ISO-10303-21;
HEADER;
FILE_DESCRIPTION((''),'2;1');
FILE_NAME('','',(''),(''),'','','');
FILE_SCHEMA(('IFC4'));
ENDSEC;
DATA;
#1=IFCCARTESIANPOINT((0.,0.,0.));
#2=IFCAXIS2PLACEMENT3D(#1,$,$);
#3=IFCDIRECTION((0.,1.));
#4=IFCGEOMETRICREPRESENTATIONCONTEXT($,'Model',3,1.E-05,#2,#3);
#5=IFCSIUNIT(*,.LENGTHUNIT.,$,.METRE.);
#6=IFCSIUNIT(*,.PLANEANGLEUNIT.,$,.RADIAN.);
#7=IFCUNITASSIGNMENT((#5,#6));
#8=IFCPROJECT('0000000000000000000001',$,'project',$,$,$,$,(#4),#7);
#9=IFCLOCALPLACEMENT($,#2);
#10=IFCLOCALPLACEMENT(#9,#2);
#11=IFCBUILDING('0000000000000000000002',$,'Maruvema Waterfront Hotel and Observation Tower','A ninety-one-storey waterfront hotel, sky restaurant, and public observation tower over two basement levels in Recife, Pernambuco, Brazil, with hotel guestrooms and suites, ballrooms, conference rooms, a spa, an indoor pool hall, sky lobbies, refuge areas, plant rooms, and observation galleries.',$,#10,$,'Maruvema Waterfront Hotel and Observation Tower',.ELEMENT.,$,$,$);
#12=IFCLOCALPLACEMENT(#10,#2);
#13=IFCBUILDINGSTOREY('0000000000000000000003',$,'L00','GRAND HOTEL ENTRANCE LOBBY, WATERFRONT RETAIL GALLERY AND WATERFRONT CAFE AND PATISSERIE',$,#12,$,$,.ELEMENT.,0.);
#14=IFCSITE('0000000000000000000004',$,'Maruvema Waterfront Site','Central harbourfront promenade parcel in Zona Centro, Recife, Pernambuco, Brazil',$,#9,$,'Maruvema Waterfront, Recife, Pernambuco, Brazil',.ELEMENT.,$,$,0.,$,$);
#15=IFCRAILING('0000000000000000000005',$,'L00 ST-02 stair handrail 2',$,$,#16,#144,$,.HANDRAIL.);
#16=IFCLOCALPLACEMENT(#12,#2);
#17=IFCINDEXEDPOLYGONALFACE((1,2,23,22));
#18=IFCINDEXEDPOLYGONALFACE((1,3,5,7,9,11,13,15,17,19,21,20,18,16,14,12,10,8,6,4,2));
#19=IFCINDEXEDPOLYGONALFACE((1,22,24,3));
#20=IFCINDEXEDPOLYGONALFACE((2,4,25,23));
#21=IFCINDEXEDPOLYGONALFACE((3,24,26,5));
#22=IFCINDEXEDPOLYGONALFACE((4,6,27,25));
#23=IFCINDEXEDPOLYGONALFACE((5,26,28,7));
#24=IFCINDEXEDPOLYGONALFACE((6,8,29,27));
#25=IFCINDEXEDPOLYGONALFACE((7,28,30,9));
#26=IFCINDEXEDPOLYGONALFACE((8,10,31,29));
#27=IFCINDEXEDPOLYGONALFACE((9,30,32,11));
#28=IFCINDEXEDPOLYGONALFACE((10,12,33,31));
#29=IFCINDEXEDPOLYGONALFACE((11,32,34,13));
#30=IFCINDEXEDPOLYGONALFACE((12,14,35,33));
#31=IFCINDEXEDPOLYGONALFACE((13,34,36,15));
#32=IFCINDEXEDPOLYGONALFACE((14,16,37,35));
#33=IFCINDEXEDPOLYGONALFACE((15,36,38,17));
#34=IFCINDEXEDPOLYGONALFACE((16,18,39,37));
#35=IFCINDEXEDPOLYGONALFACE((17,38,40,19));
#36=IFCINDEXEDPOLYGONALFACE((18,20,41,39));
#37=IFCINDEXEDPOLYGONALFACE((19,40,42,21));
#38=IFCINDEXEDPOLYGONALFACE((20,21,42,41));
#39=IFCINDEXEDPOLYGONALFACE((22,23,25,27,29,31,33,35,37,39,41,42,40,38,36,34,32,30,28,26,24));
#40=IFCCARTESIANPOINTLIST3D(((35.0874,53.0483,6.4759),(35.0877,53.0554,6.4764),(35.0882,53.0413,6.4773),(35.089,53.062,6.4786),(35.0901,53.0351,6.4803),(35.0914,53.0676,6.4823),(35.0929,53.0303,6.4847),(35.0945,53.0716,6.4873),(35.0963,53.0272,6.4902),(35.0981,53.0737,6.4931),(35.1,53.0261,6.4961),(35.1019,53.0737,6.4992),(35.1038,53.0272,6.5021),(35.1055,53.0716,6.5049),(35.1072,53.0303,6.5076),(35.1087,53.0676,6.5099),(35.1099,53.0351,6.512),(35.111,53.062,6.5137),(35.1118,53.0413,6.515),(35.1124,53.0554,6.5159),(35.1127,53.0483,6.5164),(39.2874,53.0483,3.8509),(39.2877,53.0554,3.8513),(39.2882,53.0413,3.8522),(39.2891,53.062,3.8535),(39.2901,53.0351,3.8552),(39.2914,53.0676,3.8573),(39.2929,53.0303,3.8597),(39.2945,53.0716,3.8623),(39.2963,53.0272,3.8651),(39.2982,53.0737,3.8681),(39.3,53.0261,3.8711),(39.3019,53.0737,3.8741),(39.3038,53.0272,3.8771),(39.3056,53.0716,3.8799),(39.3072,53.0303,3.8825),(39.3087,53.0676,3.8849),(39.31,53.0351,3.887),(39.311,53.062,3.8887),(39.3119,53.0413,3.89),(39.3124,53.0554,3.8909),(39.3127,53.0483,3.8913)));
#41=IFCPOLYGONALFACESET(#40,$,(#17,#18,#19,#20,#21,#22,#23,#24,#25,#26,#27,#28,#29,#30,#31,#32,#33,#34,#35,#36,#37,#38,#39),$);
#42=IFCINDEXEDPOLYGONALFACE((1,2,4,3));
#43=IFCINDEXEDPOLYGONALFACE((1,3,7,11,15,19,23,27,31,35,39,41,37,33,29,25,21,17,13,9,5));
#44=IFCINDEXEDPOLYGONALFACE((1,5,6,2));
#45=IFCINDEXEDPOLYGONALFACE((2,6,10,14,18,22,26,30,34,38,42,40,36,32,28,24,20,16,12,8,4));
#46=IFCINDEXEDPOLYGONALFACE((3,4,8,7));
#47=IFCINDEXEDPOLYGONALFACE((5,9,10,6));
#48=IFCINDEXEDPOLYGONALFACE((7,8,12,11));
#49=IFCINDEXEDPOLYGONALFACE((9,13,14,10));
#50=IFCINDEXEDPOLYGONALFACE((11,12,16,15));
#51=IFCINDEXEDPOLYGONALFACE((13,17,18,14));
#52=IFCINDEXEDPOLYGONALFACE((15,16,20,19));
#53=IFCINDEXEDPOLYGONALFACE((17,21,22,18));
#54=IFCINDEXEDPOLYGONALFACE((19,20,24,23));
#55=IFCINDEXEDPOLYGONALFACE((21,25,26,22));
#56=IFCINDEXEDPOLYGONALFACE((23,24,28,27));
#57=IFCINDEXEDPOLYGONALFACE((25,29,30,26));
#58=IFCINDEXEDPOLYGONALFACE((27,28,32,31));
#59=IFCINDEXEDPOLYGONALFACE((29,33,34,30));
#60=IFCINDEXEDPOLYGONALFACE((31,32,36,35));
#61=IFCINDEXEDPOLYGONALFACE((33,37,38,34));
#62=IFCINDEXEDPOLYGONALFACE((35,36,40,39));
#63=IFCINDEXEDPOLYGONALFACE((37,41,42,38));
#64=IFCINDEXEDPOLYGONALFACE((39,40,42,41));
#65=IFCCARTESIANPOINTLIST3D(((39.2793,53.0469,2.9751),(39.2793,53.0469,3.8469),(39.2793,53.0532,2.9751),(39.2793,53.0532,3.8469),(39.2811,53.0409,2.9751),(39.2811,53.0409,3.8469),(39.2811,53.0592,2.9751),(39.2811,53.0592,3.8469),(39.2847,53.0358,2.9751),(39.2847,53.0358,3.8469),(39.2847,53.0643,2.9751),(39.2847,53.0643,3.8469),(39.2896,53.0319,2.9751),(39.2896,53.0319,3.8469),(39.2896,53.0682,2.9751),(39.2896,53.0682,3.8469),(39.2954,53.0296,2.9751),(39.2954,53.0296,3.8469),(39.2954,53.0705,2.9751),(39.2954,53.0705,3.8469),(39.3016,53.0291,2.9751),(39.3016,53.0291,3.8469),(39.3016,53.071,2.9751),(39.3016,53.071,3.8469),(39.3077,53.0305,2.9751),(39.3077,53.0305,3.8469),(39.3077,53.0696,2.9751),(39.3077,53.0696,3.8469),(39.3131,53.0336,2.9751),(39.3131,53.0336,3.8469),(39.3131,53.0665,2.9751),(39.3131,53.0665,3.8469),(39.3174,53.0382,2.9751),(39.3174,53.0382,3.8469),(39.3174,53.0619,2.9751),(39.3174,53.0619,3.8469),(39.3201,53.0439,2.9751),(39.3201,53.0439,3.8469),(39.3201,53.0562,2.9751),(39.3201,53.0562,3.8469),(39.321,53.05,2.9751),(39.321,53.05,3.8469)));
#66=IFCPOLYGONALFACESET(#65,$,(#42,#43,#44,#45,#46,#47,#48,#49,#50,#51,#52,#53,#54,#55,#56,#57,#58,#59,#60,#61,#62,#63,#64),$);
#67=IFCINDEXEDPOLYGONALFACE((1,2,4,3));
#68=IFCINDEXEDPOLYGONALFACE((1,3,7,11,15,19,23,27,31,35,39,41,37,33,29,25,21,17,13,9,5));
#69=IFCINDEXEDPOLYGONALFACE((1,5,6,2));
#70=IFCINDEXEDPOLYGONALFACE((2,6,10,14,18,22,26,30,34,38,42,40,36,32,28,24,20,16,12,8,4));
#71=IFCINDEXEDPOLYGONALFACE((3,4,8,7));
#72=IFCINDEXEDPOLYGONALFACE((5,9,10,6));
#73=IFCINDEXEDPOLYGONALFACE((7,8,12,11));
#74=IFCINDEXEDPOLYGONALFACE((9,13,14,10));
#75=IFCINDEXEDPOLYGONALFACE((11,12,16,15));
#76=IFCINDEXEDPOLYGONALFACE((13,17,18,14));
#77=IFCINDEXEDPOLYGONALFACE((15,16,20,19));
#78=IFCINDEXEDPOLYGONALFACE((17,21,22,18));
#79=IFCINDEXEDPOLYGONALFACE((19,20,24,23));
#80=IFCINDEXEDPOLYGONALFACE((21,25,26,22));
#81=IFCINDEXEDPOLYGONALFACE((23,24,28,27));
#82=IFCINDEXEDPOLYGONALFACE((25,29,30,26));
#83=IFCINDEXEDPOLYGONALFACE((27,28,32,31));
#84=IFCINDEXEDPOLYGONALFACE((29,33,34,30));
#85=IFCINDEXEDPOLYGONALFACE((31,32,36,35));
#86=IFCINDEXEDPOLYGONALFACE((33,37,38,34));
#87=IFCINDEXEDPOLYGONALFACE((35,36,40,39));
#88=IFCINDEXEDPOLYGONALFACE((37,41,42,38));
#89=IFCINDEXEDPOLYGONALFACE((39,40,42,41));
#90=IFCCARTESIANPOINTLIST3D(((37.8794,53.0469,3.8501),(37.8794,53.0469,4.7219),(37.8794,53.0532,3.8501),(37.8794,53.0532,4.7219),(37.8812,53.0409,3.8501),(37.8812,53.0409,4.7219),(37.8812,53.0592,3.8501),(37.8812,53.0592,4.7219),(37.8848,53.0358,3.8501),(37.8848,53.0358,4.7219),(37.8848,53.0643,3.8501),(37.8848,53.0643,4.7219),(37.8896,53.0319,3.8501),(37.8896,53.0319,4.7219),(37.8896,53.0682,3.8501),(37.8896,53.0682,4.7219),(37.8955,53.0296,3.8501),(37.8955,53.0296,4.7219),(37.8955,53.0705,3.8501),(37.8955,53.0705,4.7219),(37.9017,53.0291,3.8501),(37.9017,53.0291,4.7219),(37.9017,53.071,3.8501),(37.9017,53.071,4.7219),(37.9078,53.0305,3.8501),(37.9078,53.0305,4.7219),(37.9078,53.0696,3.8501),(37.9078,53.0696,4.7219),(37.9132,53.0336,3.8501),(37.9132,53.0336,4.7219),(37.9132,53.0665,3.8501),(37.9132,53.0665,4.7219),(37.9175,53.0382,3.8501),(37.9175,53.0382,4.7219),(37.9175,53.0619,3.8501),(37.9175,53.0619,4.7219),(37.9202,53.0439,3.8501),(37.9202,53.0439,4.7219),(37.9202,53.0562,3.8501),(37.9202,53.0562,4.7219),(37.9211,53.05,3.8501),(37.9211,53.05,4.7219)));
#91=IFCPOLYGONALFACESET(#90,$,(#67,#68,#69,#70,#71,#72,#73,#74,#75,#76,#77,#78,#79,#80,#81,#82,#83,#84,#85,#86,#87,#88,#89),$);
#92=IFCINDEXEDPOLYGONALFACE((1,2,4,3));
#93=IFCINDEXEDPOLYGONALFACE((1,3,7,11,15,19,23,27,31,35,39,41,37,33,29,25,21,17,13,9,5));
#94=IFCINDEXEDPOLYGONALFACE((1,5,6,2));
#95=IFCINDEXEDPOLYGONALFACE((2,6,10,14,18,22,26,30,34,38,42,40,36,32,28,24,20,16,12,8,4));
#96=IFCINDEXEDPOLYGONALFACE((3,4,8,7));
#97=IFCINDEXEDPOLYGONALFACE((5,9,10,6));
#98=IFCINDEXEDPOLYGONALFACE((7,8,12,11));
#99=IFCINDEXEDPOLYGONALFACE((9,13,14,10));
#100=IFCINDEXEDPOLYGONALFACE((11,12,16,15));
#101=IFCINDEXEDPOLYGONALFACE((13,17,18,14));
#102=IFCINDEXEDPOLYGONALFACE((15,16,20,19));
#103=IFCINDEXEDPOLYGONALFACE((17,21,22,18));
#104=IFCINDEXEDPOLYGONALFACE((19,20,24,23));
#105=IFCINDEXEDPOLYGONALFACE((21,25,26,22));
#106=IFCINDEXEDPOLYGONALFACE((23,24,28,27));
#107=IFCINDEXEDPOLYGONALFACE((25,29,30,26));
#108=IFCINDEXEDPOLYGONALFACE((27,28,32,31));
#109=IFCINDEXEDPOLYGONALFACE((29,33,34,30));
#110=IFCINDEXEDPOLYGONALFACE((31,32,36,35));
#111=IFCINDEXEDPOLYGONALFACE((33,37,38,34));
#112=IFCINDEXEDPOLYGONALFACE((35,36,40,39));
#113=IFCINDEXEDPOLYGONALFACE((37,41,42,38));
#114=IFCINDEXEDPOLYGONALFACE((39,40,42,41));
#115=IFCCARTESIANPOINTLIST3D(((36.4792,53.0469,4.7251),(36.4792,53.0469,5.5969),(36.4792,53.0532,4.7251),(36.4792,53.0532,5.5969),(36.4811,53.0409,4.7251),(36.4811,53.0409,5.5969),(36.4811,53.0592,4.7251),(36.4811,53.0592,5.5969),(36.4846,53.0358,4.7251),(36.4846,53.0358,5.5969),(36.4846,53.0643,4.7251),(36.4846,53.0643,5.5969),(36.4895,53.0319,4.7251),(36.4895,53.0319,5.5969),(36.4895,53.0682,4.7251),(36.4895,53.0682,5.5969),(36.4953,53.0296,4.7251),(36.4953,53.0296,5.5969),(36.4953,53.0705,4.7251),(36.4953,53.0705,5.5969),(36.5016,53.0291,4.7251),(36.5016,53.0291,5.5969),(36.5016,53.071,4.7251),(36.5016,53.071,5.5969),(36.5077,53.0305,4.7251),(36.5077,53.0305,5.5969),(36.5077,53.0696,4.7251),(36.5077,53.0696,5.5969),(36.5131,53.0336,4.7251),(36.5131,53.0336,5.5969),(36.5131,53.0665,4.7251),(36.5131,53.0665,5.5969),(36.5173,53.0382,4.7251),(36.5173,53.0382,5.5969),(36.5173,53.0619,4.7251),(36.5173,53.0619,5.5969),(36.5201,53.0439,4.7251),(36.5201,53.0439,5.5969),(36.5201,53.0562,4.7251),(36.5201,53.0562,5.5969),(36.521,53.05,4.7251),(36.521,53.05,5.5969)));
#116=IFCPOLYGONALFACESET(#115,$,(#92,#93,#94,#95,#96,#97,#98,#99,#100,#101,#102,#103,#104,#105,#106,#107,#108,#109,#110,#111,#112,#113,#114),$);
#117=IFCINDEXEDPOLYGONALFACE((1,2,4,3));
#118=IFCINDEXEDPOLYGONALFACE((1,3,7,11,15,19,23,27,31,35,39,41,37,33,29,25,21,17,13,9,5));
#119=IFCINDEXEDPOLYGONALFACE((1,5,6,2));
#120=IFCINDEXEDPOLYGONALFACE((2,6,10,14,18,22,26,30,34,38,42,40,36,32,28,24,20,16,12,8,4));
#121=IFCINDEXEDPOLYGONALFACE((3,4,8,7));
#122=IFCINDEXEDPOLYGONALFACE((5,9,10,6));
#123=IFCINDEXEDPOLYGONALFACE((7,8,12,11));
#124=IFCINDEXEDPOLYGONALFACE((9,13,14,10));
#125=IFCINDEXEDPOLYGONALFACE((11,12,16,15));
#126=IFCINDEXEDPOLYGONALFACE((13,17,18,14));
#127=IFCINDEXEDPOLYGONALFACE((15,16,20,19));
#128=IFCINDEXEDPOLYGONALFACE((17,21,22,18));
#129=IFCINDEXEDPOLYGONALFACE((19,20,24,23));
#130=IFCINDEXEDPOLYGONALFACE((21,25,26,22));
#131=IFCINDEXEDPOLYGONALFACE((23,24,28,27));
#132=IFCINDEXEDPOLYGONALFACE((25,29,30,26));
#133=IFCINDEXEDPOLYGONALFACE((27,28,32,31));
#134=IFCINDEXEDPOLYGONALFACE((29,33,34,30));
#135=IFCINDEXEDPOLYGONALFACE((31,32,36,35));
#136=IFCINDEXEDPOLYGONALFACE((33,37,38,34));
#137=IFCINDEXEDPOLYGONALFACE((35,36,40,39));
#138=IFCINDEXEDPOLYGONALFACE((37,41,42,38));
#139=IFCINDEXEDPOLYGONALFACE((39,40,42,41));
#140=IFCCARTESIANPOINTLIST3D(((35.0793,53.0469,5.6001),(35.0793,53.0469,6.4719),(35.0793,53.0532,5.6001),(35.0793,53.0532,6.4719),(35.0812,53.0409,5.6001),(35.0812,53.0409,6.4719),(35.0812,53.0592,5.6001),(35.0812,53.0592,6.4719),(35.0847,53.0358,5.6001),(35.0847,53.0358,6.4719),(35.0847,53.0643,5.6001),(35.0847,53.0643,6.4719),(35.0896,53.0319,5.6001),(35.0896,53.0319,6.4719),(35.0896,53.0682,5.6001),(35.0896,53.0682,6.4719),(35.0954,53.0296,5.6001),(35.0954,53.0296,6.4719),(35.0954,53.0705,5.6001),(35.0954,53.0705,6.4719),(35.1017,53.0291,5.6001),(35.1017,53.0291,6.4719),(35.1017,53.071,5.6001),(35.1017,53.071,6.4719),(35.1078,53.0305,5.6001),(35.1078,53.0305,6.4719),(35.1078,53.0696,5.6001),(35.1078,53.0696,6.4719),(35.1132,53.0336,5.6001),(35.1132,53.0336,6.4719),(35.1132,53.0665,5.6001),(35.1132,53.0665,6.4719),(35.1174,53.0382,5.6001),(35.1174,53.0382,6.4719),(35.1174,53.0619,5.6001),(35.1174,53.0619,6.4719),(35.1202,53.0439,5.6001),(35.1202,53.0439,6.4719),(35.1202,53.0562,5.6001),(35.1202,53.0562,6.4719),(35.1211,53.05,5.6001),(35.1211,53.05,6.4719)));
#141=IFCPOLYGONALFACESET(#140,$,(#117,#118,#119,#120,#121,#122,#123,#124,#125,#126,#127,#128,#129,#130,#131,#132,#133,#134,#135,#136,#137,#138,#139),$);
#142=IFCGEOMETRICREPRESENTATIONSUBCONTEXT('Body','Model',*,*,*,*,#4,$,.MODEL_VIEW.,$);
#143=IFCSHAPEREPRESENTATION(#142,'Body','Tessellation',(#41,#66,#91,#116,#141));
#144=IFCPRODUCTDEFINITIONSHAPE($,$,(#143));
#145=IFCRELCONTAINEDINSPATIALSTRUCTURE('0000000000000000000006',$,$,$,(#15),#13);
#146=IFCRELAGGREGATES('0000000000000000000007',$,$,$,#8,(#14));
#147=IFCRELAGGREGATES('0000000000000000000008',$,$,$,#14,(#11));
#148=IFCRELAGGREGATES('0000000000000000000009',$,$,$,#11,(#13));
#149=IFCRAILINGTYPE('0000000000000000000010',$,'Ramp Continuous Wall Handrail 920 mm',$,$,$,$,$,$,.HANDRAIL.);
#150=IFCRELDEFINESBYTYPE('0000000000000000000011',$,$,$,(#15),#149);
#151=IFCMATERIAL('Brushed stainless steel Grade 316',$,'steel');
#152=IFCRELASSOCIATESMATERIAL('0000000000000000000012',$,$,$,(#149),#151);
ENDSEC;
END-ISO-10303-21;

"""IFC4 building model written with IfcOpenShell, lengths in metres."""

from ifc_helpers import new_model, si_unit, direction, frame, origin, origin_2d, place, context, subcontext, project, spatial, circle, extrude, material, type_object, element, save


model = new_model("IFC4")

# Units and contexts
model_context = context("Model", 3, precision=1e-05, world=origin(), true_north=direction((0.0, 1.0)))
body_context = subcontext(model_context, "Body", "Model", "MODEL_VIEW")
ifc_project = project(units=[si_unit("LENGTHUNIT", "METRE"), si_unit("PLANEANGLEUNIT", "RADIAN")], contexts=[model_context])

# Site, building, storey
site_placement = place(None, origin())
site = spatial("IfcSite", under=ifc_project, at=site_placement, Name="Maruvema Waterfront Site", Description="Central harbourfront promenade parcel in Zona Centro, Recife, Pernambuco, Brazil", LongName="Maruvema Waterfront, Recife, Pernambuco, Brazil", CompositionType="ELEMENT", RefElevation=0.0)
building_placement = place(site_placement, origin())
building = spatial("IfcBuilding", under=site, at=building_placement, Name="Maruvema Waterfront Hotel and Observation Tower", Description="A ninety-one-storey waterfront hotel, sky restaurant, and public observation tower over two basement levels in Recife, Pernambuco, Brazil, with hotel guestrooms and suites, ballrooms, conference rooms, a spa, an indoor pool hall, sky lobbies, refuge areas, plant rooms, and observation galleries.", LongName="Maruvema Waterfront Hotel and Observation Tower", CompositionType="ELEMENT")
storey_placement = place(building_placement, origin())
storey = spatial("IfcBuildingStorey", under=building, at=storey_placement, Name="L00", Description="GRAND HOTEL ENTRANCE LOBBY, WATERFRONT RETAIL GALLERY AND WATERFRONT CAFE AND PATISSERIE", CompositionType="ELEMENT", Elevation=0.0)

# Railing
ifc_material_1 = material(Name="Brushed stainless steel Grade 316", Category="steel")
railing_type_1 = type_object("IfcRailingType", Name="Ramp Continuous Wall Handrail 920 mm", PredefinedType="HANDRAIL", material=ifc_material_1)
railing_1_placement = place(storey_placement, frame((39.3, 53.05, 2.9751)))
element("IfcRailing", 1, at=railing_1_placement, inside=storey, type_object=railing_type_1, Name="L00 ST-02 stair handrail 2", PredefinedType="HANDRAIL", context=body_context, shape_type="SweptSolid", body=[
    extrude(circle(Radius=0.0239, at=origin_2d()), frame((0.0, 0.0, 0.896), z_axis=(-0.847996, 0.0, 0.530003), x_axis=(0.0, -1.0, 0.0)), (0.0, 0.0, 1.0), 4.9529),
    extrude(circle(Radius=0.021, at=origin_2d()), origin(), (0.0, 0.0, 1.0), 0.8718),
    extrude(circle(Radius=0.021, at=origin_2d()), frame((-1.3999, 0.0, 0.875)), (0.0, 0.0, 1.0), 0.8718),
    extrude(circle(Radius=0.021, at=origin_2d()), frame((-2.8, 0.0, 1.75)), (0.0, 0.0, 1.0), 0.8718),
    extrude(circle(Radius=0.021, at=origin_2d()), frame((-4.2, 0.0, 2.625)), (0.0, 0.0, 1.0), 0.8718),
])

save(model, "model.ifc")
